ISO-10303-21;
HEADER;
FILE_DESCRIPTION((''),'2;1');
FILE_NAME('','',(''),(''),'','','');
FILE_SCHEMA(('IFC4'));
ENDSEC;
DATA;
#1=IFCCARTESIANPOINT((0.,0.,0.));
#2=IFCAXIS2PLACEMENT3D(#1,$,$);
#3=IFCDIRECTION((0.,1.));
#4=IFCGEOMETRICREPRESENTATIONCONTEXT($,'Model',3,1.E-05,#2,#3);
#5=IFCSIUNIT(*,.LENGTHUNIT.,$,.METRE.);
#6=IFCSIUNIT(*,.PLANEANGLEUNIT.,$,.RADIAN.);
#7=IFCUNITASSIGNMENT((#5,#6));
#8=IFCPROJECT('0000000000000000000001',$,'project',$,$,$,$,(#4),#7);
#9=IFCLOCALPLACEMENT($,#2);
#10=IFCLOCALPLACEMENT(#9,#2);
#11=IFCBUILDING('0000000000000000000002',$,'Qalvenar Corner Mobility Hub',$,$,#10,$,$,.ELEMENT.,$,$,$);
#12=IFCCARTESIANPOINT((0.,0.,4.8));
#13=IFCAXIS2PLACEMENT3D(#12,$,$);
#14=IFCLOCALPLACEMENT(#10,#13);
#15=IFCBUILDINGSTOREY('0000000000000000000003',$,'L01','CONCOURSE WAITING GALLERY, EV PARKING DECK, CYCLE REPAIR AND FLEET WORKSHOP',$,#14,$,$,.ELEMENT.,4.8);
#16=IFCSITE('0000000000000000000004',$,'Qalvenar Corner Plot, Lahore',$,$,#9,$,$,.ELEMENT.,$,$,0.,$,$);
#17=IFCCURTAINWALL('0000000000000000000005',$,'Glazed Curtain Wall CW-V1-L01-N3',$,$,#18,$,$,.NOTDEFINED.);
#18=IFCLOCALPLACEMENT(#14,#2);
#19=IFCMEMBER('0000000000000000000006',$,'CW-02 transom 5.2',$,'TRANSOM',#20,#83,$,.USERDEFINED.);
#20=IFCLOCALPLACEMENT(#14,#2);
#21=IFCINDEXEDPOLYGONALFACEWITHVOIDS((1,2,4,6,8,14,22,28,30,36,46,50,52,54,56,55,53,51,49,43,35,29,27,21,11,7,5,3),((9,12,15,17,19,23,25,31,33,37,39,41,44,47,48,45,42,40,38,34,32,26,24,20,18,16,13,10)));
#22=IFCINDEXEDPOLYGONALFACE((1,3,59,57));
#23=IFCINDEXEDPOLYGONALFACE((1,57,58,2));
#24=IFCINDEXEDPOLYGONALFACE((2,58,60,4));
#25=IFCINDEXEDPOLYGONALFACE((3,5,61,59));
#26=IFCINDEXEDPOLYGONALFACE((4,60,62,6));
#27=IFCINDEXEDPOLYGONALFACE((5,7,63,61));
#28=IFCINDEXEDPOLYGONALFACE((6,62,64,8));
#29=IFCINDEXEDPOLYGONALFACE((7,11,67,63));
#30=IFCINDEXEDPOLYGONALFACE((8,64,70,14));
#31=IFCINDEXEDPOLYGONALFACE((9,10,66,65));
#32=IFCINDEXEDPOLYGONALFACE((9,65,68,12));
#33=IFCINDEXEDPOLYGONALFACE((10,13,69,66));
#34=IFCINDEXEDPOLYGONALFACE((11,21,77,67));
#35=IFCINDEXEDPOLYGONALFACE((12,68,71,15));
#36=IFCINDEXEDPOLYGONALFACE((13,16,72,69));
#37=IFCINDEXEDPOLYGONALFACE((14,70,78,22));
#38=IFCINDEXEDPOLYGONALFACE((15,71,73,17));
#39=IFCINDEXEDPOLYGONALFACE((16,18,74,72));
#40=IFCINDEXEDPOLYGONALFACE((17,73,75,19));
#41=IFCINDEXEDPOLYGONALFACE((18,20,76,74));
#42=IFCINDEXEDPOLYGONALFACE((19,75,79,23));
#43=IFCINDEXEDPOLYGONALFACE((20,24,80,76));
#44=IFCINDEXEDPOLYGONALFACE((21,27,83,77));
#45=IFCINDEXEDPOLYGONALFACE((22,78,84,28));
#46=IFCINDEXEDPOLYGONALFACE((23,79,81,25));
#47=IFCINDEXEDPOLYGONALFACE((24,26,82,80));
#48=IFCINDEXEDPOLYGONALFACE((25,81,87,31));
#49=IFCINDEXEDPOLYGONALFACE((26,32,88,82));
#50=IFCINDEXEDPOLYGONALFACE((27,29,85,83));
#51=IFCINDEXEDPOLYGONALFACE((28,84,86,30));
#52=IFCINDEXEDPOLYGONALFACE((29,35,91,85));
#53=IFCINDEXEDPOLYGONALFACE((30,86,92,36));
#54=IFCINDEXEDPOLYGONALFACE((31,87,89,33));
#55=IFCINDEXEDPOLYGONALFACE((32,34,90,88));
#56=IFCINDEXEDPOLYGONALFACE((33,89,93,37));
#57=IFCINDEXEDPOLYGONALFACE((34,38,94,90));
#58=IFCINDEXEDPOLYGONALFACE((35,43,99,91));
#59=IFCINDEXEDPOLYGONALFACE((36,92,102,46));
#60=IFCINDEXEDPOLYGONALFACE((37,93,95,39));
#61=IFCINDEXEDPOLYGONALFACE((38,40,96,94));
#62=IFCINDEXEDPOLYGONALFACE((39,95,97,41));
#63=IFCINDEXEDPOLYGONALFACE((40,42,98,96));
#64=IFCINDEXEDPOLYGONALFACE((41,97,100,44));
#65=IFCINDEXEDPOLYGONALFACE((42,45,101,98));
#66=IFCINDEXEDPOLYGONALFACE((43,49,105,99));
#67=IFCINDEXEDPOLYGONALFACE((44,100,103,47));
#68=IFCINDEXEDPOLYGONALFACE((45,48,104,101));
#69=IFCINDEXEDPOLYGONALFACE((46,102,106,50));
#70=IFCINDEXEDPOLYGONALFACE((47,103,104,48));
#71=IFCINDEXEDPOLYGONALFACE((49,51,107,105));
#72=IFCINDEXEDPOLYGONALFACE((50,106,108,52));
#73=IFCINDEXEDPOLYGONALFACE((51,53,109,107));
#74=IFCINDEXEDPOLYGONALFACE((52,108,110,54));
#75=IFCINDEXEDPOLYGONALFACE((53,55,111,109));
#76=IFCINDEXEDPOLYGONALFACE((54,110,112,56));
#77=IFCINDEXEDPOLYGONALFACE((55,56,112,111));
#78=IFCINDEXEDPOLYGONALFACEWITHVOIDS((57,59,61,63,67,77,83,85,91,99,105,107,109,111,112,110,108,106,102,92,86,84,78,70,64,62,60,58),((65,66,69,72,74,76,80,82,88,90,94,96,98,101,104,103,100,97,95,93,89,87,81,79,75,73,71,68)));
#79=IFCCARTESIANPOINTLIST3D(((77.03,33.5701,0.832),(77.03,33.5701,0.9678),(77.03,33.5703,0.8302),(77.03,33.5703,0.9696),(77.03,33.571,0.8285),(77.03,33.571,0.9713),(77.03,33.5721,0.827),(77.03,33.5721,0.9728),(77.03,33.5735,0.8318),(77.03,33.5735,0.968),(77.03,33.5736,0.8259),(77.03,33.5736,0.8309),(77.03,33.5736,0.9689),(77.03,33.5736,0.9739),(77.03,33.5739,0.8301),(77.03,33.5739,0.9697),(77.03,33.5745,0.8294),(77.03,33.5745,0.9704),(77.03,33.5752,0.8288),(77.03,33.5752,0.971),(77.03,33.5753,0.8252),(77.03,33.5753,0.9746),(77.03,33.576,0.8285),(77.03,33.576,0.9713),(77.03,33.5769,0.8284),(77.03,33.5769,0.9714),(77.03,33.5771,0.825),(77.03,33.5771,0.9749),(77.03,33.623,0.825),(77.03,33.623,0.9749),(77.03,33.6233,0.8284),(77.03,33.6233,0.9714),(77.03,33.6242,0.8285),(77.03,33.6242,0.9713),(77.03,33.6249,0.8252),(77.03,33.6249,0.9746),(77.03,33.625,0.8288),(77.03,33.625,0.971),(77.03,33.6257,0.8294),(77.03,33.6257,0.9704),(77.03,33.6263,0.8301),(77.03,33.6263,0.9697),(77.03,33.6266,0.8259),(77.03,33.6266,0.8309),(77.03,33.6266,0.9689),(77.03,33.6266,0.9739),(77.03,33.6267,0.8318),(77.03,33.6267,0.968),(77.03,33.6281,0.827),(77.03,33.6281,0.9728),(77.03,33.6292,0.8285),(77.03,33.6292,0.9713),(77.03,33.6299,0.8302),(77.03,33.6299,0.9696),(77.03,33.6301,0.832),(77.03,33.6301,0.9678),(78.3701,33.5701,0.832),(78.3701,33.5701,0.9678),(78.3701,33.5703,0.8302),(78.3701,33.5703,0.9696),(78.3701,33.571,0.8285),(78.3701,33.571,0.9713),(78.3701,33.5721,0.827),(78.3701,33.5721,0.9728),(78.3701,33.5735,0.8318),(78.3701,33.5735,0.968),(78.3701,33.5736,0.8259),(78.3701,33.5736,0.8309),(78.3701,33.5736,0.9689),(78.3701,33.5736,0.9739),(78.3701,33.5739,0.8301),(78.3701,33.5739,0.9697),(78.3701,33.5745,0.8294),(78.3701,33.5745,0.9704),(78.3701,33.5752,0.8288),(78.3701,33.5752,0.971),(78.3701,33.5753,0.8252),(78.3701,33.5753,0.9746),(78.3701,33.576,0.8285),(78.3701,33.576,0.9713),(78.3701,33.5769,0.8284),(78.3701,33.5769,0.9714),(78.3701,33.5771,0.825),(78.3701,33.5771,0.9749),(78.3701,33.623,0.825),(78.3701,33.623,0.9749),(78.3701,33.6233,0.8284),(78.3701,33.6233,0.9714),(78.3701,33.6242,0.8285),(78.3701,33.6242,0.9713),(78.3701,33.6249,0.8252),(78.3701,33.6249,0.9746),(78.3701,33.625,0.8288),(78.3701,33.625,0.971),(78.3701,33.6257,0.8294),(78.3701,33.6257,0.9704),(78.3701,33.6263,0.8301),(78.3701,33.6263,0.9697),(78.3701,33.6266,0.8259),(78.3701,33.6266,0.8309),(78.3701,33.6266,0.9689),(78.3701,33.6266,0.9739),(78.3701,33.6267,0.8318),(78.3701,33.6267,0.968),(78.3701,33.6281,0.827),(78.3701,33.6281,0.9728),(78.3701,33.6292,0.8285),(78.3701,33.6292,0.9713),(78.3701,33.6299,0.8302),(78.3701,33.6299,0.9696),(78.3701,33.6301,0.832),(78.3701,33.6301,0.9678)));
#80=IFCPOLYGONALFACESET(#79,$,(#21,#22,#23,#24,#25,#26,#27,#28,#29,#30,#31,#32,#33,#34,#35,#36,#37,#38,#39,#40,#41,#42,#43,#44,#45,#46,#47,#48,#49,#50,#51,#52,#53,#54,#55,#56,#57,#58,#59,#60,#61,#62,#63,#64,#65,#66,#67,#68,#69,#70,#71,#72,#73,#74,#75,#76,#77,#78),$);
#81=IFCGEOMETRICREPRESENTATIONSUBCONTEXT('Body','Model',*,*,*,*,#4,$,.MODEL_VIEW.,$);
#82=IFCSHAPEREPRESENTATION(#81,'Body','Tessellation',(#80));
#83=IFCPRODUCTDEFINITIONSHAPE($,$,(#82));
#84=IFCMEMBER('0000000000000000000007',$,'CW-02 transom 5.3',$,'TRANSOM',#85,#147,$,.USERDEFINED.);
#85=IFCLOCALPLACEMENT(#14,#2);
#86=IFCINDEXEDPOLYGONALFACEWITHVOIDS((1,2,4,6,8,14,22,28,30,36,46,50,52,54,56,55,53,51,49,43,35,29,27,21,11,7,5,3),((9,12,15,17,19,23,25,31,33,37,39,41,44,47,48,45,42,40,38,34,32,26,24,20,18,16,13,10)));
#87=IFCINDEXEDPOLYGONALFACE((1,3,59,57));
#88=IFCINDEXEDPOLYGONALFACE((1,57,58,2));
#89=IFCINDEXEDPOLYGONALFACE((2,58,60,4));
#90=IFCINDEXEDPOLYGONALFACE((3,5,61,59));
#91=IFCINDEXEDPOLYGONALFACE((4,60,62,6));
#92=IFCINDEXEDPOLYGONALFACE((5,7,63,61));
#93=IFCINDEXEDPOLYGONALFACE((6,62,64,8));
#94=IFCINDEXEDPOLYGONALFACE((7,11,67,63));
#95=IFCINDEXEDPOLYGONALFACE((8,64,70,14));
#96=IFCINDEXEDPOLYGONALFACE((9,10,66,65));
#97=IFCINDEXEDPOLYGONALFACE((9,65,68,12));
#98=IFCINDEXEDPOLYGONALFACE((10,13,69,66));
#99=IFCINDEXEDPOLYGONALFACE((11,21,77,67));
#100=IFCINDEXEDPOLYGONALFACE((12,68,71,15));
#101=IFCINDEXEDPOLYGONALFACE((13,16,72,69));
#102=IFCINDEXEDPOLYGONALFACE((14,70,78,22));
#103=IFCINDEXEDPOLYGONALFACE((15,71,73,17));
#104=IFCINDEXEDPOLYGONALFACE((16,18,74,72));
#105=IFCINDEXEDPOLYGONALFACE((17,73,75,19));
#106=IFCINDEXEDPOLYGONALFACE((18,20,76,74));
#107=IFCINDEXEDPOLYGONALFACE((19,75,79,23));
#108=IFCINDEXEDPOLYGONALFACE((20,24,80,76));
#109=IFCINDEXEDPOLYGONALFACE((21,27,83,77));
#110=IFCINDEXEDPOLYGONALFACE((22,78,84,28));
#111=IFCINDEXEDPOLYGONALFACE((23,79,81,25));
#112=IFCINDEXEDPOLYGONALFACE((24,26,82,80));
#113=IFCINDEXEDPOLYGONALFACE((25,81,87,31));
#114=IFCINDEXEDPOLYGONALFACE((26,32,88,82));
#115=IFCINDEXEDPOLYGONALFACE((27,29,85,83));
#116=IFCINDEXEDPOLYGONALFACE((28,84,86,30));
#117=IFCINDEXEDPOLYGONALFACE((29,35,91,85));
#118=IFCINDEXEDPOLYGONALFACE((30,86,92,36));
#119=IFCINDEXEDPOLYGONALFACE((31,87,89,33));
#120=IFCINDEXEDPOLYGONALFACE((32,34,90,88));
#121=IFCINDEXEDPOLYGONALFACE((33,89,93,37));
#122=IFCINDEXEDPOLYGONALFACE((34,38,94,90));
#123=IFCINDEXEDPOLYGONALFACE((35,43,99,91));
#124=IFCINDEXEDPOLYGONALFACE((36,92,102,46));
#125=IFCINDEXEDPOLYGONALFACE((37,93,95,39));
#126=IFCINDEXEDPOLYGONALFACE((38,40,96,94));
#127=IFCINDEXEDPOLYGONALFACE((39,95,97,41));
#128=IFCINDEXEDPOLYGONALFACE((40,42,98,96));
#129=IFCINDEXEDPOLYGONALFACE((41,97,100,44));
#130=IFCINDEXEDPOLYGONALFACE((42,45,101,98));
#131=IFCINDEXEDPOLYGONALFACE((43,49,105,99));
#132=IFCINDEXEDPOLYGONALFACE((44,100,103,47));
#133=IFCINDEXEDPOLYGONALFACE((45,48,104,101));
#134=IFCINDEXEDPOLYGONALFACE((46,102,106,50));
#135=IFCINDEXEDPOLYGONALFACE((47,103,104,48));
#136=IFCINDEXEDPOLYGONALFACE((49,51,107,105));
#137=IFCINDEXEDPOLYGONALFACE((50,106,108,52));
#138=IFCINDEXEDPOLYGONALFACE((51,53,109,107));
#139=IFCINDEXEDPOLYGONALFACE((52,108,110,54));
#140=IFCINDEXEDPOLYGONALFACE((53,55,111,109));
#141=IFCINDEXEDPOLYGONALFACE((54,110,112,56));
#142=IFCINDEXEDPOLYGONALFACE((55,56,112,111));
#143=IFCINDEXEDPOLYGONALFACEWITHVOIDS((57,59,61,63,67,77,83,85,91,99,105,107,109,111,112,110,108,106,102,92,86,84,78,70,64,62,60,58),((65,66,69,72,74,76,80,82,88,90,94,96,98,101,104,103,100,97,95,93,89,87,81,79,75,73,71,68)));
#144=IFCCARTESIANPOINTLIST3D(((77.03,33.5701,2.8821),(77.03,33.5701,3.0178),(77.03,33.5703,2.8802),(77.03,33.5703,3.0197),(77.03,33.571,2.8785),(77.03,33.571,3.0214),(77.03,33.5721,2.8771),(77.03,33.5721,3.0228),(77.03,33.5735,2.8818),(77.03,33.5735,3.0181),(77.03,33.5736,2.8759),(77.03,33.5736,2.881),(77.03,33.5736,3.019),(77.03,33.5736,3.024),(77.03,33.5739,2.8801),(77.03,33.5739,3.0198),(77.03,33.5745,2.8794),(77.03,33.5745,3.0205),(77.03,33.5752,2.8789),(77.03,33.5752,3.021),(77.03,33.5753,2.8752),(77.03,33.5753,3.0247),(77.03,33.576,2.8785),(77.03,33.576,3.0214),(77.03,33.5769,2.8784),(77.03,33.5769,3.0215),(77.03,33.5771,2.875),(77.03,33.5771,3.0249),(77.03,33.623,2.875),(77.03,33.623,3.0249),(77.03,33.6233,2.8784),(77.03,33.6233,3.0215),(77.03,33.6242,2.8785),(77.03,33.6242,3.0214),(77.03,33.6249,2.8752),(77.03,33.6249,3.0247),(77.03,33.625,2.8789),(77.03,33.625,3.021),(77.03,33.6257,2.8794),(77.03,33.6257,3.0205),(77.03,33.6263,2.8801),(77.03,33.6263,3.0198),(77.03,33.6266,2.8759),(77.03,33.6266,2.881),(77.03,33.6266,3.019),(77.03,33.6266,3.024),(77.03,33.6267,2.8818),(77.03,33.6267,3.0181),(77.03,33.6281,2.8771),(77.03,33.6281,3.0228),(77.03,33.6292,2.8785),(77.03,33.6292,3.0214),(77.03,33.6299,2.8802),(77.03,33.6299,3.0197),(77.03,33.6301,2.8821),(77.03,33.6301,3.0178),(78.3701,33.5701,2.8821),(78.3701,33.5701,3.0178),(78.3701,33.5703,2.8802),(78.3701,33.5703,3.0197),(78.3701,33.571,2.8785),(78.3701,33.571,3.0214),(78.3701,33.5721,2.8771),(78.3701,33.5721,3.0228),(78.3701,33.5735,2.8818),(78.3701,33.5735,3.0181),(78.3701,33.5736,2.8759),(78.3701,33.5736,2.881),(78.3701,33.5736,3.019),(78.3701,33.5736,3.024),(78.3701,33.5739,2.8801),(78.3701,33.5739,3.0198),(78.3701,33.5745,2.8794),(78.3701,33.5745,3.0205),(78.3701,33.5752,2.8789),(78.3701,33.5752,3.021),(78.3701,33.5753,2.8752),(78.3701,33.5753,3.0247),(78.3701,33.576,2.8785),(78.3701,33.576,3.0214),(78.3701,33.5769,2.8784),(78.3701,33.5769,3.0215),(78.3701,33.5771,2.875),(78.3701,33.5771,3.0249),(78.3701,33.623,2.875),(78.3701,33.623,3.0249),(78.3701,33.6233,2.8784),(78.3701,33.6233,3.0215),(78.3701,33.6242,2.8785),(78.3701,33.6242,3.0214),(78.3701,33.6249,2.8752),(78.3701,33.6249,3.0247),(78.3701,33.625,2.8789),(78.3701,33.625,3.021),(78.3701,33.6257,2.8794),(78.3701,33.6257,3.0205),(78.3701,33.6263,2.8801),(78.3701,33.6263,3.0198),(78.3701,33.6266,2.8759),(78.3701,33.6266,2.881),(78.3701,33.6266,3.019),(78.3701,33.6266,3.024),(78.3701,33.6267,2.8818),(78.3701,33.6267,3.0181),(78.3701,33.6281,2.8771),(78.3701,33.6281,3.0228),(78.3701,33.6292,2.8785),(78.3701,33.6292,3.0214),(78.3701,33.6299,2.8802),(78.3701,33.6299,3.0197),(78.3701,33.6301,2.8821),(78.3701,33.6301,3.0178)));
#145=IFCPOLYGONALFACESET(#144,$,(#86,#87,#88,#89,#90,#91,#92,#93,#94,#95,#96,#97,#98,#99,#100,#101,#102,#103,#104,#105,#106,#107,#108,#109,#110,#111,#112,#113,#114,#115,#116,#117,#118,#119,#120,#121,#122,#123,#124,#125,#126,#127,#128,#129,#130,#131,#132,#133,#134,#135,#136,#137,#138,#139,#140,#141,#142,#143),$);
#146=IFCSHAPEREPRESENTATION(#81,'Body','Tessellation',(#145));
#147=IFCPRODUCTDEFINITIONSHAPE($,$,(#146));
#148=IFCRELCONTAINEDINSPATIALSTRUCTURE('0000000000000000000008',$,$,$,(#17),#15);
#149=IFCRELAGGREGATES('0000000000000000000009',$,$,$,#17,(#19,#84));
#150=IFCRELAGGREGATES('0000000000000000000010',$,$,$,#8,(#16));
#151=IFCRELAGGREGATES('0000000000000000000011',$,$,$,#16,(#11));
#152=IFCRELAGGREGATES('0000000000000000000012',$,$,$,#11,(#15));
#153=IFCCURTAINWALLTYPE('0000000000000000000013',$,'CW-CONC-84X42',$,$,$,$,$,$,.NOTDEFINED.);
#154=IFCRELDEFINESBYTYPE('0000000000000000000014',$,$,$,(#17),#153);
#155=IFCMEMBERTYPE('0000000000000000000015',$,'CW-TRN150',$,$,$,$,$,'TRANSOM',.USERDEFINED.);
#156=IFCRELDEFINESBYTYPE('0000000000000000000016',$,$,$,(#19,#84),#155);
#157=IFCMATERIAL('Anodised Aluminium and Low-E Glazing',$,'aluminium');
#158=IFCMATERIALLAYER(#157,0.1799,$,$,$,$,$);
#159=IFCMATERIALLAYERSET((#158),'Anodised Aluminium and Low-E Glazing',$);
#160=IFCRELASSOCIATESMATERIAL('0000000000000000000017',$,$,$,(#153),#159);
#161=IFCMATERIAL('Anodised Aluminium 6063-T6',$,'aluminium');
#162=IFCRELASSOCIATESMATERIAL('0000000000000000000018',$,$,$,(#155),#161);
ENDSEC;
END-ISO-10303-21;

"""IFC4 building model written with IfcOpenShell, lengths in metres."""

from ifc_helpers import new_model, si_unit, direction, frame, origin, origin_2d, place, context, subcontext, project, spatial, hollow_rectangle, extrude, material, layer, layer_set, material_profile, profile_set, type_object, element, aggregate, save


model = new_model("IFC4")

# Units and contexts
model_context = context("Model", 3, precision=1e-05, world=origin(), true_north=direction((0.0, 1.0)))
body_context = subcontext(model_context, "Body", "Model", "MODEL_VIEW")
ifc_project = project(units=[si_unit("LENGTHUNIT", "METRE"), si_unit("PLANEANGLEUNIT", "RADIAN")], contexts=[model_context])

# Site, building, storey
site_placement = place(None, origin())
site = spatial("IfcSite", under=ifc_project, at=site_placement, Name="Qalvenar Corner Plot, Lahore", CompositionType="ELEMENT", RefElevation=0.0)
building_placement = place(site_placement, origin())
building = spatial("IfcBuilding", under=site, at=building_placement, Name="Qalvenar Corner Mobility Hub", CompositionType="ELEMENT")
storey_placement = place(building_placement, frame((0.0, 0.0, 4.8)))
storey = spatial("IfcBuildingStorey", under=building, at=storey_placement, Name="L01", Description="CONCOURSE WAITING GALLERY, EV PARKING DECK, CYCLE REPAIR AND FLEET WORKSHOP", CompositionType="ELEMENT", Elevation=4.8)

# Curtain wall, members
ifc_material_1 = material(Name="Anodised Aluminium and Low-E Glazing", Category="aluminium")
ifc_layer_1 = layer(ifc_material_1, 0.1799)
ifc_layer_set_1 = layer_set([ifc_layer_1], Name="Anodised Aluminium and Low-E Glazing")
curtain_wall_type = type_object("IfcCurtainWallType", Name="CW-CONC-84X42", PredefinedType="NOTDEFINED", material=ifc_layer_set_1)
curtain_wall_placement = place(storey_placement, origin())
curtain_wall = element("IfcCurtainWall", 1, at=curtain_wall_placement, inside=storey, type_object=curtain_wall_type, Name="Glazed Curtain Wall CW-V1-L01-N3", PredefinedType="NOTDEFINED")
ifc_material_2 = material(Name="Anodised Aluminium 6063-T6", Category="aluminium")
ifc_material_profile_1 = material_profile(ifc_material_2, hollow_rectangle(XDim=0.0601, YDim=0.1499, WallThickness=0.0034, InnerFilletRadius=0.0034, OuterFilletRadius=0.0071, at=origin_2d()), Name="RHS150x60x3.5")
ifc_profile_set_1 = profile_set([ifc_material_profile_1], Name="Anodised Aluminium 6063-T6")
member_type_1 = type_object("IfcMemberType", Name="CW-TRN150", ElementType="TRANSOM", PredefinedType="USERDEFINED", material=ifc_profile_set_1)
member_1_placement = place(storey_placement, frame((78.3701, 33.6001, 0.8999), z_axis=(-1.0, 0.0, 0.0), x_axis=(0.0, -1.0, 0.0)))
member_1 = element("IfcMember", 2, at=member_1_placement, type_object=member_type_1, Name="CW-02 transom 5.2", ObjectType="TRANSOM", PredefinedType="USERDEFINED", context=body_context, shape_type="SweptSolid", body=[
    extrude(hollow_rectangle(XDim=0.0601, YDim=0.1499, WallThickness=0.0034, InnerFilletRadius=0.0034, OuterFilletRadius=0.0071, at=origin_2d()), origin(), (0.0, 0.0, 1.0), 1.3401),
])
member_2_placement = place(storey_placement, frame((78.3701, 33.6001, 2.95), z_axis=(-1.0, 0.0, 0.0), x_axis=(0.0, -1.0, 0.0)))
member_2 = element("IfcMember", 3, at=member_2_placement, type_object=member_type_1, Name="CW-02 transom 5.3", ObjectType="TRANSOM", PredefinedType="USERDEFINED", context=body_context, shape_type="SweptSolid", body=[
    extrude(hollow_rectangle(XDim=0.0601, YDim=0.1499, WallThickness=0.0034, InnerFilletRadius=0.0034, OuterFilletRadius=0.0071, at=origin_2d()), origin(), (0.0, 0.0, 1.0), 1.3401),
])
aggregate(curtain_wall, [member_1, member_2])

save(model, "model.ifc")
